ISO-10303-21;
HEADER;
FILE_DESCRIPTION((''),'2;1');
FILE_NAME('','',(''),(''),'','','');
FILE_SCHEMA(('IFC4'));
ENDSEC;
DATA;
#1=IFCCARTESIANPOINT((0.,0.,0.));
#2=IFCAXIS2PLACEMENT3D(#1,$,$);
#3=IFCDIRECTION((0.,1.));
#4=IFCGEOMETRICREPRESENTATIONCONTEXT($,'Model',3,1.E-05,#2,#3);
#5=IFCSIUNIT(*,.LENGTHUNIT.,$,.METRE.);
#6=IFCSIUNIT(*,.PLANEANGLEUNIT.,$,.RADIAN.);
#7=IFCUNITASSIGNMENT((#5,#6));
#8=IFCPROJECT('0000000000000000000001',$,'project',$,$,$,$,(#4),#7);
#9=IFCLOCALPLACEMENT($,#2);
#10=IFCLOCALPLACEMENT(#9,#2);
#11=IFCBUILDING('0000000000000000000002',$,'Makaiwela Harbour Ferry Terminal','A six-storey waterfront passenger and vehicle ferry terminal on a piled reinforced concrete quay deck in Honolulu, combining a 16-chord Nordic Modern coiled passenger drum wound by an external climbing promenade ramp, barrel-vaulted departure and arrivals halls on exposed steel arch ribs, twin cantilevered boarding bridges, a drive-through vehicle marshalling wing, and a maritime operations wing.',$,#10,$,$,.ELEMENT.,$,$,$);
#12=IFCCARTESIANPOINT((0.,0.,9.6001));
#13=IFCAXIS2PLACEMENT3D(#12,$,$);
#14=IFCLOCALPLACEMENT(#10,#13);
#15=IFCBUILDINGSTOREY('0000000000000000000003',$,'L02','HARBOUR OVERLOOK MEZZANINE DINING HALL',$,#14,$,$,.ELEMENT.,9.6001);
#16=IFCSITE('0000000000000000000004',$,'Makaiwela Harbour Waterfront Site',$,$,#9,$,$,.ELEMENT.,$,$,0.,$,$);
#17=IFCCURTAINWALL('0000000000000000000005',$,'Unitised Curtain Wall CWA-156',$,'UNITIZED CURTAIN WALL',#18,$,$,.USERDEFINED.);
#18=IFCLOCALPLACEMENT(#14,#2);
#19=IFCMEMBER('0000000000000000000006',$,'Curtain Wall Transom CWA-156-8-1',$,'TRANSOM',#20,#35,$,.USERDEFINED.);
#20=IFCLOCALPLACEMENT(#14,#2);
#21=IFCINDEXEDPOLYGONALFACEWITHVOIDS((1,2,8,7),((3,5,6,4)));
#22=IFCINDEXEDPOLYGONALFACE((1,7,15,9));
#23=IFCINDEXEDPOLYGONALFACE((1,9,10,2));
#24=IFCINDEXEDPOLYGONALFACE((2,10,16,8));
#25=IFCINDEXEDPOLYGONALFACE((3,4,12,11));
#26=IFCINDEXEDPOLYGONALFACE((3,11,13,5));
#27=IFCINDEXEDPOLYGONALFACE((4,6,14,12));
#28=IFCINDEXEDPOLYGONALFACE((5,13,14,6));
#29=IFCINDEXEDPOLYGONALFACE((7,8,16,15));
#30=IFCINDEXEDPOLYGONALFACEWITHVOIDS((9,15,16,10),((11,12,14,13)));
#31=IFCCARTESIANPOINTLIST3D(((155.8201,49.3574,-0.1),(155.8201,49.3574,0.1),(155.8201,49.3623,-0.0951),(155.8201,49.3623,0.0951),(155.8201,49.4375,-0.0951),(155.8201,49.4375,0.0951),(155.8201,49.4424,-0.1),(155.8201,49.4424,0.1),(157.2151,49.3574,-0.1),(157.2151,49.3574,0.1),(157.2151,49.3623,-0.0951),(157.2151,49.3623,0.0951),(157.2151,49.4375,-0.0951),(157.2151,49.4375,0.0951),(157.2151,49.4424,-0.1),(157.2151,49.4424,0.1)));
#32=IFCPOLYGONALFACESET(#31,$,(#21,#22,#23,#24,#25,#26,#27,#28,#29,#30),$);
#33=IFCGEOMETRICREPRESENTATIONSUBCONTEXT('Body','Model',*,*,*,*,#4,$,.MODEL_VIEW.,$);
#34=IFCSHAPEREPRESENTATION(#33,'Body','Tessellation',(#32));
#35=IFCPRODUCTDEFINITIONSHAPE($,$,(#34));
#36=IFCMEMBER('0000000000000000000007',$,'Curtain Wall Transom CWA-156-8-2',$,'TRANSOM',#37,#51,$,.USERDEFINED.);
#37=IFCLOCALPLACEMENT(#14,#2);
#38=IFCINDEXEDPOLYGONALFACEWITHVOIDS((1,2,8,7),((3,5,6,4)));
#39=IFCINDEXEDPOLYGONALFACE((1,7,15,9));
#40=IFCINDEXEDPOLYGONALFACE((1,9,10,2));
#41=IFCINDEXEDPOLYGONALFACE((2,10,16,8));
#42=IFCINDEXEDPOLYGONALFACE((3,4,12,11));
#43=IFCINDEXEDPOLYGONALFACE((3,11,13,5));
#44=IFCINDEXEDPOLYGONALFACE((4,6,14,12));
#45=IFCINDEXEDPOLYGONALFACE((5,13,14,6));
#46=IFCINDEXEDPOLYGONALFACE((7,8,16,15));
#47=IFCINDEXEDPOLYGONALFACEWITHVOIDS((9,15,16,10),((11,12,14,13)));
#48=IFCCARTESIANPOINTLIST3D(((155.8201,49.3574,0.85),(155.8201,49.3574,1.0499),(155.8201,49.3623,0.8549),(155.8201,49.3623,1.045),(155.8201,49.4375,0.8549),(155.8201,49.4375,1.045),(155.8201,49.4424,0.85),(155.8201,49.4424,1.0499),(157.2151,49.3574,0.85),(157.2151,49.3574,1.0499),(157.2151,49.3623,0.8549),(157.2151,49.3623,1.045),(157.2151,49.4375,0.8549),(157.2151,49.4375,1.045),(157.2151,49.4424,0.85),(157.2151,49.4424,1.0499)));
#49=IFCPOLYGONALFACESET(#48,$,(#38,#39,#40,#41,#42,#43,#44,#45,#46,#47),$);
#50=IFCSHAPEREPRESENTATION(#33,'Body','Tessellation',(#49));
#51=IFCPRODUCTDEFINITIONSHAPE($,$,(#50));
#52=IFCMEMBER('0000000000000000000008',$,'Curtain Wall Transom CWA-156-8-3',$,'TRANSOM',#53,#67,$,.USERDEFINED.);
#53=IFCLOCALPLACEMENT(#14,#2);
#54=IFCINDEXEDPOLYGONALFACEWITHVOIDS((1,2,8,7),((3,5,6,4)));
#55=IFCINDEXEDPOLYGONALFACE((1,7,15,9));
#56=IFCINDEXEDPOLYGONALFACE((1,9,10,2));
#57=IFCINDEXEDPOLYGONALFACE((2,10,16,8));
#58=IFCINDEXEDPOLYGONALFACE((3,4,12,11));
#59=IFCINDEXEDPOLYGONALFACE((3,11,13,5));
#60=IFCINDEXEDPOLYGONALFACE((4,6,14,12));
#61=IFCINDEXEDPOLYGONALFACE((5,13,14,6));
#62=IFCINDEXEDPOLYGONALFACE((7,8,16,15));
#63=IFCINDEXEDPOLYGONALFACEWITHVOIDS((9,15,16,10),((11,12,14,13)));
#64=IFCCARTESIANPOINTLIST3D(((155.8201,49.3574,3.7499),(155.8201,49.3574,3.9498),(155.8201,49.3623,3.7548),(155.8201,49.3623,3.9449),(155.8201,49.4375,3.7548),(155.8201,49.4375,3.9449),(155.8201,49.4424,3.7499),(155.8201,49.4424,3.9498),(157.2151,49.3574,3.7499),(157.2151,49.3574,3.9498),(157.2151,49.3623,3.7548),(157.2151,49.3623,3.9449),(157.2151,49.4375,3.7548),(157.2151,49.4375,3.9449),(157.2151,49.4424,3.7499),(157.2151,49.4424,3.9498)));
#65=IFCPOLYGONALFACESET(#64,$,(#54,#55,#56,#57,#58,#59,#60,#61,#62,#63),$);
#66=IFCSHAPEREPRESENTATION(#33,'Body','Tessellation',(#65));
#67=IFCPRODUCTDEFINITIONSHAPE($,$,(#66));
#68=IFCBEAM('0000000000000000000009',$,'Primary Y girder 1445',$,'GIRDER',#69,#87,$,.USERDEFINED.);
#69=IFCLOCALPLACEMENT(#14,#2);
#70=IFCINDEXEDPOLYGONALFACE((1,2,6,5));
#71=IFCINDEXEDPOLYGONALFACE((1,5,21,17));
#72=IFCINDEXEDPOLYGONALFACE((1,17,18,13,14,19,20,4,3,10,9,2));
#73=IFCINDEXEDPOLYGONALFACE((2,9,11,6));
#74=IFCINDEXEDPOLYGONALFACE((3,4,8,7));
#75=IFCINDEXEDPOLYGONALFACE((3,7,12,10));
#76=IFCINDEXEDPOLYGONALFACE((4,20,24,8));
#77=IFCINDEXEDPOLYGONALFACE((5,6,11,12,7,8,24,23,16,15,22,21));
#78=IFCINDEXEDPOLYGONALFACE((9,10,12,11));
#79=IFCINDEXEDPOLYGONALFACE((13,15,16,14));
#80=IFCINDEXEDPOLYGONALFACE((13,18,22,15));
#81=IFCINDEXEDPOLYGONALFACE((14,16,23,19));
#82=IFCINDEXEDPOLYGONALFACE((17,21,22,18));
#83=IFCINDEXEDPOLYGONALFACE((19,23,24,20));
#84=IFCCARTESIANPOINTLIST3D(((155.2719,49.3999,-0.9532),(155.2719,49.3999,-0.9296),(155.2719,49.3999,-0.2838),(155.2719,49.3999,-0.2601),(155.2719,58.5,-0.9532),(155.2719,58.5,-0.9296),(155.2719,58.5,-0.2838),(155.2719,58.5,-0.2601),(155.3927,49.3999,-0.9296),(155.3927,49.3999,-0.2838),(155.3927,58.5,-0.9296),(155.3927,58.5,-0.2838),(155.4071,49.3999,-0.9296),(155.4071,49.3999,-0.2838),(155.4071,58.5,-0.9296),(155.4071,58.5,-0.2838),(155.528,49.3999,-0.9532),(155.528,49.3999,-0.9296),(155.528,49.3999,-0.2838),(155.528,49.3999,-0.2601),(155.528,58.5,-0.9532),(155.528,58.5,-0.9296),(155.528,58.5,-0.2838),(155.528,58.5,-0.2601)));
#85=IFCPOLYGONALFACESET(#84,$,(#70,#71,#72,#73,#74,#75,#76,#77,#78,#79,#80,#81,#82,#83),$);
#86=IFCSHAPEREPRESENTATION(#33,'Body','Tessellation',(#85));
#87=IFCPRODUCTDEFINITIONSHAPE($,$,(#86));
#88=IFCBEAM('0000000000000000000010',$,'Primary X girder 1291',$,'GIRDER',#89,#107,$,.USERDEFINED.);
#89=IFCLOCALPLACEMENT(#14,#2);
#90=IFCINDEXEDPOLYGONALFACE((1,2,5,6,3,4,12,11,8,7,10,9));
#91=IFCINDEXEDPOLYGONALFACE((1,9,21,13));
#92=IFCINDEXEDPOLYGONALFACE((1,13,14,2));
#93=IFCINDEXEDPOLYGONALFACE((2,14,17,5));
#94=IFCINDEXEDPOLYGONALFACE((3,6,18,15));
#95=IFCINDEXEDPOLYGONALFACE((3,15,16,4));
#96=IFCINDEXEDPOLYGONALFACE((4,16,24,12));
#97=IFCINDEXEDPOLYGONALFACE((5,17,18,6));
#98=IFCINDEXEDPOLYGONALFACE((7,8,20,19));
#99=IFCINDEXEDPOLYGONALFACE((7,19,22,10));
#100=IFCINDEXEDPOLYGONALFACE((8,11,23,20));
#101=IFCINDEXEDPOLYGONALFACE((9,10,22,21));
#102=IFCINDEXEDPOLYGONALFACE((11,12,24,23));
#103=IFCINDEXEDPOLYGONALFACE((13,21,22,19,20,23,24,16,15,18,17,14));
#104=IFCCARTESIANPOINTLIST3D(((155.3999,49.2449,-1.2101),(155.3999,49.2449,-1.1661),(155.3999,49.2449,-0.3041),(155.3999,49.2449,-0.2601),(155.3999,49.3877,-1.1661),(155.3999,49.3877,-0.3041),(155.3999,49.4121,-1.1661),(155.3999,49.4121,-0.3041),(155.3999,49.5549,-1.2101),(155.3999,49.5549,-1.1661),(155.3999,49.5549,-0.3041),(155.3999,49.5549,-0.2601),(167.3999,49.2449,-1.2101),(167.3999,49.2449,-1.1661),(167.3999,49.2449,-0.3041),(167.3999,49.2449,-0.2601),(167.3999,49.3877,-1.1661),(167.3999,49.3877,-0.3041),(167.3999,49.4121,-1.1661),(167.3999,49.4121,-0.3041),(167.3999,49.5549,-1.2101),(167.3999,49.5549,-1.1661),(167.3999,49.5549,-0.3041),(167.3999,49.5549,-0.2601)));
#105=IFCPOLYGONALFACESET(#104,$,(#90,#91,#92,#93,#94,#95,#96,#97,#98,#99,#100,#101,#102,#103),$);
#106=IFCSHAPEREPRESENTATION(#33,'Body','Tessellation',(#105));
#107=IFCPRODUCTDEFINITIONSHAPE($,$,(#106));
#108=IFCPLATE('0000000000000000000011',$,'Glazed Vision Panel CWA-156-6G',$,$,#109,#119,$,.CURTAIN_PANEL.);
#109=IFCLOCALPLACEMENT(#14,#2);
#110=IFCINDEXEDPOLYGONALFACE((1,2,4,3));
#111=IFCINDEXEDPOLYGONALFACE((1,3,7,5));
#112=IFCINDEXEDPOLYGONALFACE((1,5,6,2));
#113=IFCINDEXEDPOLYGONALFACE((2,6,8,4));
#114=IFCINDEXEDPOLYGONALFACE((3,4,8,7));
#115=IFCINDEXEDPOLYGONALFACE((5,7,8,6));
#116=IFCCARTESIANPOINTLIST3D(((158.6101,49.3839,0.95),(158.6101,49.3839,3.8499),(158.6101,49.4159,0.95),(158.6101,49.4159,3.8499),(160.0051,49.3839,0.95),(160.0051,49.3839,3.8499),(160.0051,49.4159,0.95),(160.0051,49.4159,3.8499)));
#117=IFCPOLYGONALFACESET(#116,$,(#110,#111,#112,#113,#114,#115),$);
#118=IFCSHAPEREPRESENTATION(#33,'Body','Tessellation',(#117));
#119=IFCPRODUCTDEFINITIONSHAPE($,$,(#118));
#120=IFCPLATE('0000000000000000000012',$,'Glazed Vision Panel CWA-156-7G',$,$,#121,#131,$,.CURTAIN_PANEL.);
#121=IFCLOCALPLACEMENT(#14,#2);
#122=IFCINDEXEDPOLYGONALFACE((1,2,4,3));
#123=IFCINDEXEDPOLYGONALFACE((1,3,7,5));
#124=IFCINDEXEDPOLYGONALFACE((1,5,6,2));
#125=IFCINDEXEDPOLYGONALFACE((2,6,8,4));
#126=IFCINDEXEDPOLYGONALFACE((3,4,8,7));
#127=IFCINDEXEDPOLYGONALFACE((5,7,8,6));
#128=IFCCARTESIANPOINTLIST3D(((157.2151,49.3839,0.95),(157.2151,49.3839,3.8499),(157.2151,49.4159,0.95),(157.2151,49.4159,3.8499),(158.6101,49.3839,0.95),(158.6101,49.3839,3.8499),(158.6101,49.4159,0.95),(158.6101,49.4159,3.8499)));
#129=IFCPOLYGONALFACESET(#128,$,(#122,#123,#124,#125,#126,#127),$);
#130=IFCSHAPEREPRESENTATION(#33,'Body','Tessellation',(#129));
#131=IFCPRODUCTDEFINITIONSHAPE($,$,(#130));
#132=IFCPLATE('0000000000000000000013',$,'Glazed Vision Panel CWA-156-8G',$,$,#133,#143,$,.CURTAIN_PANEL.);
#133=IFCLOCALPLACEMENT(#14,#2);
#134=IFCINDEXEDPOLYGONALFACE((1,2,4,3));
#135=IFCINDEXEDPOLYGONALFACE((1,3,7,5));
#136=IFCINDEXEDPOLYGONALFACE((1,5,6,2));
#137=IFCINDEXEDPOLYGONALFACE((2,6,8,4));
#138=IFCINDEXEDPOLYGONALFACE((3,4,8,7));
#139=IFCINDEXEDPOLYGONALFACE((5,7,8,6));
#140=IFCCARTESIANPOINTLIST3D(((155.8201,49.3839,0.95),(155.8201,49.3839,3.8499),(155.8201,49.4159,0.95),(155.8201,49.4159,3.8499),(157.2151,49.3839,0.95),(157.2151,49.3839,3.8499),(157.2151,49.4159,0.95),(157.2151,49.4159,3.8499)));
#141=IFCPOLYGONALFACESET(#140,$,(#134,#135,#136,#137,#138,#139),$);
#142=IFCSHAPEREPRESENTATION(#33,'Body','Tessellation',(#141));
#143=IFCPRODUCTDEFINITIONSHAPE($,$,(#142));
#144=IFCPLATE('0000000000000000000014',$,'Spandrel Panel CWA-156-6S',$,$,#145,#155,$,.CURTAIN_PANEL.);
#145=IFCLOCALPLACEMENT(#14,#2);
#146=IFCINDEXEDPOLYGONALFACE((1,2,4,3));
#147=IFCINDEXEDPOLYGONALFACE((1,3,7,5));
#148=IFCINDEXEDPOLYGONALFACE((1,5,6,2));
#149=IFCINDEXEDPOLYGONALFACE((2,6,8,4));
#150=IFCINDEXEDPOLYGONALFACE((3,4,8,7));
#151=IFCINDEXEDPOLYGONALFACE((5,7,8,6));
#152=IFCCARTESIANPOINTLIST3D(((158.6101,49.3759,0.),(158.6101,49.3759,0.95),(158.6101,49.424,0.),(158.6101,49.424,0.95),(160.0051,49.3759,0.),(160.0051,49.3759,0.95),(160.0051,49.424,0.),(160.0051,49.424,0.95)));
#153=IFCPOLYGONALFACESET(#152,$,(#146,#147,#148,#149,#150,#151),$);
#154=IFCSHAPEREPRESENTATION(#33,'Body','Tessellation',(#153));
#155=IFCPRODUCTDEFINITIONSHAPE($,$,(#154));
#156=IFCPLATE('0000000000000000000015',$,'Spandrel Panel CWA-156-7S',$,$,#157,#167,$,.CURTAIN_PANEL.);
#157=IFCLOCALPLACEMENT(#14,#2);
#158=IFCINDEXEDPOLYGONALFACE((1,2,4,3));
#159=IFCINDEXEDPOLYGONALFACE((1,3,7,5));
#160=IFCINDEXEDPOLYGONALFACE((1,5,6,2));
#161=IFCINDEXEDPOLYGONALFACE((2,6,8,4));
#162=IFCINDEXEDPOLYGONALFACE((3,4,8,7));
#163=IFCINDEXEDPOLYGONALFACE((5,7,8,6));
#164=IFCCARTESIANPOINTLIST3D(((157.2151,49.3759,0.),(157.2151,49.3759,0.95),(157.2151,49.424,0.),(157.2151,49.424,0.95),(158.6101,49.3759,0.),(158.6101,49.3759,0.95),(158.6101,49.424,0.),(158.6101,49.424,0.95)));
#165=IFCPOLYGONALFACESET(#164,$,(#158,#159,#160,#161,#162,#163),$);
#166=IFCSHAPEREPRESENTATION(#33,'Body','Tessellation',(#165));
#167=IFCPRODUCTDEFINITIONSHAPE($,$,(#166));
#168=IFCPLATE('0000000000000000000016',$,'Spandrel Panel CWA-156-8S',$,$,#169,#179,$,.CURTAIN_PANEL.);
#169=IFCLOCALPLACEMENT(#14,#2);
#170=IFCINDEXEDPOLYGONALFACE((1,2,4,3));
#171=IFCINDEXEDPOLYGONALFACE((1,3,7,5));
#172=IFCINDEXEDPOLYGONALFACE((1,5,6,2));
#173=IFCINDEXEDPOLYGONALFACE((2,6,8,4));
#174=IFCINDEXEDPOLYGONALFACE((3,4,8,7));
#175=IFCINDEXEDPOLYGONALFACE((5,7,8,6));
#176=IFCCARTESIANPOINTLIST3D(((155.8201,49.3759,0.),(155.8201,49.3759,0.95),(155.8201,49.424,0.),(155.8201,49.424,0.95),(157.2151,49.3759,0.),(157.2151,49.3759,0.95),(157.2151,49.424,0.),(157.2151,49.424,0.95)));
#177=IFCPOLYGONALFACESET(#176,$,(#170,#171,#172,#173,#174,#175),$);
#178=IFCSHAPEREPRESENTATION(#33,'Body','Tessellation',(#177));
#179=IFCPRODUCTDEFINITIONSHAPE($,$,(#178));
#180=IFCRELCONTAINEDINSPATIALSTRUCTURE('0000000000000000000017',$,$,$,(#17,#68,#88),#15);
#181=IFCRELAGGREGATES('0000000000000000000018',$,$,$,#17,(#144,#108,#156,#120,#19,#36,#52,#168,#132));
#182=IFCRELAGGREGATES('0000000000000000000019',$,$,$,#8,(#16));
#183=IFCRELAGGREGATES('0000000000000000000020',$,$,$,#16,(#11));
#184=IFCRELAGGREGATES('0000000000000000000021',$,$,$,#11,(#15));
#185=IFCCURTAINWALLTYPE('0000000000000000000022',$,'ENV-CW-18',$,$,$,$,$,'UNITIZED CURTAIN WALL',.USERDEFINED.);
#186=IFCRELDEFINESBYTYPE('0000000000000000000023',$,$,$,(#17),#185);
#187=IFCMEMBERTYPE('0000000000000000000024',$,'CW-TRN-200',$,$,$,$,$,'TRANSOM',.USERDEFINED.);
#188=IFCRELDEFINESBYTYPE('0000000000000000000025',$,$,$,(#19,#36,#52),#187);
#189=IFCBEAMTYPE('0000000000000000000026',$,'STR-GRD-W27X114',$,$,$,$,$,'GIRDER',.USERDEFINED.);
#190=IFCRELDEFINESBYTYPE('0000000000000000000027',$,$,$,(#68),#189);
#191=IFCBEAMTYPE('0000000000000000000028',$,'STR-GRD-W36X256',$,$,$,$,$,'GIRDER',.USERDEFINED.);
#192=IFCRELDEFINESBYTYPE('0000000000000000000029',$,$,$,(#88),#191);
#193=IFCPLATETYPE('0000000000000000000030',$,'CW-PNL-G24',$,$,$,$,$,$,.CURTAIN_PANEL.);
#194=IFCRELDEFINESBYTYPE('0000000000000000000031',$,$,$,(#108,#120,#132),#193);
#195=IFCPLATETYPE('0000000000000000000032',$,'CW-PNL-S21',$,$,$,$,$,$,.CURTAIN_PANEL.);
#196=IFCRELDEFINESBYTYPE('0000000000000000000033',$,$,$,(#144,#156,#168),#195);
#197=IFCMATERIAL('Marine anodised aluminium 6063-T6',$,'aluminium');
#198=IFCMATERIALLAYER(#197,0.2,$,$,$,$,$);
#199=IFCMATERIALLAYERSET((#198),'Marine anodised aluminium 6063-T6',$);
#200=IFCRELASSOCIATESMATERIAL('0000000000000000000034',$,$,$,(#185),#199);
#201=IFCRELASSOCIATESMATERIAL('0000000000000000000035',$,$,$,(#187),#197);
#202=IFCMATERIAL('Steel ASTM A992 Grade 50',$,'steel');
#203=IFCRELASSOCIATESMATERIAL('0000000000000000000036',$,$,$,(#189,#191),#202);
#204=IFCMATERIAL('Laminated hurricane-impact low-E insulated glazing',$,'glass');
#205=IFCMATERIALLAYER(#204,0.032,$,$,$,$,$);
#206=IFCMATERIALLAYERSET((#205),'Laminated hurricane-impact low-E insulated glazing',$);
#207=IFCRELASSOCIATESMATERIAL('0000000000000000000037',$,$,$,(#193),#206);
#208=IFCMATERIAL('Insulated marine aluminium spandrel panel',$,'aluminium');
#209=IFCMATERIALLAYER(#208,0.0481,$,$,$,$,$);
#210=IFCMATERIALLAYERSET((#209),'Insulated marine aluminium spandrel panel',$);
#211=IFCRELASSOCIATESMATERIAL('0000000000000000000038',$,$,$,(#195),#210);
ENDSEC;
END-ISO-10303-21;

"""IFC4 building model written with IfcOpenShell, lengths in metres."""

from ifc_helpers import new_model, si_unit, direction, frame, origin, origin_2d, place, context, subcontext, project, spatial, rectangle, hollow_rectangle, i_section, extrude, material, layer, layer_set, material_profile, profile_set, type_object, element, aggregate, save


model = new_model("IFC4")

# Units and contexts
model_context = context("Model", 3, precision=1e-05, world=origin(), true_north=direction((0.0, 1.0)))
body_context = subcontext(model_context, "Body", "Model", "MODEL_VIEW")
ifc_project = project(units=[si_unit("LENGTHUNIT", "METRE"), si_unit("PLANEANGLEUNIT", "RADIAN")], contexts=[model_context])

# Site, building, storey
site_placement = place(None, origin())
site = spatial("IfcSite", under=ifc_project, at=site_placement, Name="Makaiwela Harbour Waterfront Site", CompositionType="ELEMENT", RefElevation=0.0)
building_placement = place(site_placement, origin())
building = spatial("IfcBuilding", under=site, at=building_placement, Name="Makaiwela Harbour Ferry Terminal", Description="A six-storey waterfront passenger and vehicle ferry terminal on a piled reinforced concrete quay deck in Honolulu, combining a 16-chord Nordic Modern coiled passenger drum wound by an external climbing promenade ramp, barrel-vaulted departure and arrivals halls on exposed steel arch ribs, twin cantilevered boarding bridges, a drive-through vehicle marshalling wing, and a maritime operations wing.", CompositionType="ELEMENT")
storey_placement = place(building_placement, frame((0.0, 0.0, 9.6001)))
storey = spatial("IfcBuildingStorey", under=building, at=storey_placement, Name="L02", Description="HARBOUR OVERLOOK MEZZANINE DINING HALL", CompositionType="ELEMENT", Elevation=9.6001)

# Shared definitions
ifc_material_1 = material(Name="Steel ASTM A992 Grade 50", Category="steel")

# Curtain wall
ifc_material_2 = material(Name="Marine anodised aluminium 6063-T6", Category="aluminium")
ifc_layer_1 = layer(ifc_material_2, 0.2)
ifc_layer_set_1 = layer_set([ifc_layer_1], Name="Marine anodised aluminium 6063-T6")
curtain_wall_type_1 = type_object("IfcCurtainWallType", Name="ENV-CW-18", ElementType="UNITIZED CURTAIN WALL", PredefinedType="USERDEFINED", material=ifc_layer_set_1)
curtain_wall_1_placement = place(storey_placement, origin())
curtain_wall_1 = element("IfcCurtainWall", 1, at=curtain_wall_1_placement, inside=storey, type_object=curtain_wall_type_1, Name="Unitised Curtain Wall CWA-156", ObjectType="UNITIZED CURTAIN WALL", PredefinedType="USERDEFINED")
ifc_material_profile_1 = material_profile(ifc_material_2, hollow_rectangle(XDim=0.085, YDim=0.2, WallThickness=0.0049, at=origin_2d()), Name="CWT-200X85")
ifc_profile_set_1 = profile_set([ifc_material_profile_1], Name="Marine anodised aluminium 6063-T6")
member_type_1 = type_object("IfcMemberType", Name="CW-TRN-200", ElementType="TRANSOM", PredefinedType="USERDEFINED", material=ifc_profile_set_1)

# Members
member_1_placement = place(storey_placement, frame((157.2151, 49.3999, 0.0), z_axis=(-1.0, 0.0, 0.0), x_axis=(0.0, -1.0, 0.0)))
member_1 = element("IfcMember", 2, at=member_1_placement, type_object=member_type_1, Name="Curtain Wall Transom CWA-156-8-1", ObjectType="TRANSOM", PredefinedType="USERDEFINED", context=body_context, shape_type="SweptSolid", body=[
    extrude(hollow_rectangle(XDim=0.085, YDim=0.2, WallThickness=0.0049, at=origin_2d()), origin(), (0.0, 0.0, 1.0), 1.395),
])
member_2_placement = place(storey_placement, frame((157.2151, 49.3999, 0.95), z_axis=(-1.0, 0.0, 0.0), x_axis=(0.0, -1.0, 0.0)))
member_2 = element("IfcMember", 3, at=member_2_placement, type_object=member_type_1, Name="Curtain Wall Transom CWA-156-8-2", ObjectType="TRANSOM", PredefinedType="USERDEFINED", context=body_context, shape_type="SweptSolid", body=[
    extrude(hollow_rectangle(XDim=0.085, YDim=0.2, WallThickness=0.0049, at=origin_2d()), origin(), (0.0, 0.0, 1.0), 1.395),
])
member_3_placement = place(storey_placement, frame((157.2151, 49.3999, 3.8499), z_axis=(-1.0, 0.0, 0.0), x_axis=(0.0, -1.0, 0.0)))
member_3 = element("IfcMember", 4, at=member_3_placement, type_object=member_type_1, Name="Curtain Wall Transom CWA-156-8-3", ObjectType="TRANSOM", PredefinedType="USERDEFINED", context=body_context, shape_type="SweptSolid", body=[
    extrude(hollow_rectangle(XDim=0.085, YDim=0.2, WallThickness=0.0049, at=origin_2d()), origin(), (0.0, 0.0, 1.0), 1.395),
])

# Beams
ifc_material_profile_2 = material_profile(ifc_material_1, i_section(OverallWidth=0.2561, OverallDepth=0.6931, WebThickness=0.0144, FlangeThickness=0.0237, at=origin_2d()), Name="W27X114")
ifc_profile_set_2 = profile_set([ifc_material_profile_2], Name="Steel ASTM A992 Grade 50")
beam_type_1 = type_object("IfcBeamType", Name="STR-GRD-W27X114", ElementType="GIRDER", PredefinedType="USERDEFINED", material=ifc_profile_set_2)
beam_1_placement = place(storey_placement, frame((155.3999, 49.3999, -0.6067), z_axis=(0.0, 1.0, 0.0), x_axis=(-1.0, 0.0, 0.0)))
element("IfcBeam", 5, at=beam_1_placement, inside=storey, type_object=beam_type_1, Name="Primary Y girder 1445", ObjectType="GIRDER", PredefinedType="USERDEFINED", context=body_context, shape_type="SweptSolid", body=[
    extrude(i_section(OverallWidth=0.2561, OverallDepth=0.6931, WebThickness=0.0144, FlangeThickness=0.0237, at=origin_2d()), origin(), (0.0, 0.0, 1.0), 9.1001),
])
ifc_material_profile_3 = material_profile(ifc_material_1, i_section(OverallWidth=0.3101, OverallDepth=0.95, WebThickness=0.0244, FlangeThickness=0.0439, at=origin_2d()), Name="W36X256")
ifc_profile_set_3 = profile_set([ifc_material_profile_3], Name="Steel ASTM A992 Grade 50")
beam_type_2 = type_object("IfcBeamType", Name="STR-GRD-W36X256", ElementType="GIRDER", PredefinedType="USERDEFINED", material=ifc_profile_set_3)
beam_2_placement = place(storey_placement, frame((155.3999, 49.3999, -0.7351), z_axis=(1.0, 0.0, 0.0), x_axis=(0.0, 1.0, 0.0)))
element("IfcBeam", 6, at=beam_2_placement, inside=storey, type_object=beam_type_2, Name="Primary X girder 1291", ObjectType="GIRDER", PredefinedType="USERDEFINED", context=body_context, shape_type="SweptSolid", body=[
    extrude(i_section(OverallWidth=0.3101, OverallDepth=0.95, WebThickness=0.0244, FlangeThickness=0.0439, at=origin_2d()), origin(), (0.0, 0.0, 1.0), 12.0),
])

# Plates
ifc_material_3 = material(Name="Laminated hurricane-impact low-E insulated glazing", Category="glass")
ifc_layer_2 = layer(ifc_material_3, 0.032)
ifc_layer_set_2 = layer_set([ifc_layer_2], Name="Laminated hurricane-impact low-E insulated glazing")
plate_type_1 = type_object("IfcPlateType", Name="CW-PNL-G24", PredefinedType="CURTAIN_PANEL", material=ifc_layer_set_2)
plate_1_placement = place(storey_placement, frame((159.3076, 49.3999, 0.95), z_axis=(0.0, 0.0, 1.0), x_axis=(-1.0, 0.0, 0.0)))
plate_1 = element("IfcPlate", 7, at=plate_1_placement, type_object=plate_type_1, Name="Glazed Vision Panel CWA-156-6G", PredefinedType="CURTAIN_PANEL", context=body_context, shape_type="SweptSolid", body=[
    extrude(rectangle(XDim=1.395, YDim=0.032, at=origin_2d()), origin(), (0.0, 0.0, 1.0), 2.8999),
])
plate_2_placement = place(storey_placement, frame((157.9126, 49.3999, 0.95), z_axis=(0.0, 0.0, 1.0), x_axis=(-1.0, 0.0, 0.0)))
plate_2 = element("IfcPlate", 8, at=plate_2_placement, type_object=plate_type_1, Name="Glazed Vision Panel CWA-156-7G", PredefinedType="CURTAIN_PANEL", context=body_context, shape_type="SweptSolid", body=[
    extrude(rectangle(XDim=1.395, YDim=0.032, at=origin_2d()), origin(), (0.0, 0.0, 1.0), 2.8999),
])
plate_3_placement = place(storey_placement, frame((156.5176, 49.3999, 0.95), z_axis=(0.0, 0.0, 1.0), x_axis=(-1.0, 0.0, 0.0)))
plate_3 = element("IfcPlate", 9, at=plate_3_placement, type_object=plate_type_1, Name="Glazed Vision Panel CWA-156-8G", PredefinedType="CURTAIN_PANEL", context=body_context, shape_type="SweptSolid", body=[
    extrude(rectangle(XDim=1.395, YDim=0.032, at=origin_2d()), origin(), (0.0, 0.0, 1.0), 2.8999),
])
ifc_material_4 = material(Name="Insulated marine aluminium spandrel panel", Category="aluminium")
ifc_layer_3 = layer(ifc_material_4, 0.0481)
ifc_layer_set_3 = layer_set([ifc_layer_3], Name="Insulated marine aluminium spandrel panel")
plate_type_2 = type_object("IfcPlateType", Name="CW-PNL-S21", PredefinedType="CURTAIN_PANEL", material=ifc_layer_set_3)
plate_4_placement = place(storey_placement, frame((159.3076, 49.3999, 0.0), z_axis=(0.0, 0.0, 1.0), x_axis=(-1.0, 0.0, 0.0)))
plate_4 = element("IfcPlate", 10, at=plate_4_placement, type_object=plate_type_2, Name="Spandrel Panel CWA-156-6S", PredefinedType="CURTAIN_PANEL", context=body_context, shape_type="SweptSolid", body=[
    extrude(rectangle(XDim=1.395, YDim=0.0481, at=origin_2d()), origin(), (0.0, 0.0, 1.0), 0.95),
])
plate_5_placement = place(storey_placement, frame((157.9126, 49.3999, 0.0), z_axis=(0.0, 0.0, 1.0), x_axis=(-1.0, 0.0, 0.0)))
plate_5 = element("IfcPlate", 11, at=plate_5_placement, type_object=plate_type_2, Name="Spandrel Panel CWA-156-7S", PredefinedType="CURTAIN_PANEL", context=body_context, shape_type="SweptSolid", body=[
    extrude(rectangle(XDim=1.395, YDim=0.0481, at=origin_2d()), origin(), (0.0, 0.0, 1.0), 0.95),
])
plate_6_placement = place(storey_placement, frame((156.5176, 49.3999, 0.0), z_axis=(0.0, 0.0, 1.0), x_axis=(-1.0, 0.0, 0.0)))
plate_6 = element("IfcPlate", 12, at=plate_6_placement, type_object=plate_type_2, Name="Spandrel Panel CWA-156-8S", PredefinedType="CURTAIN_PANEL", context=body_context, shape_type="SweptSolid", body=[
    extrude(rectangle(XDim=1.395, YDim=0.0481, at=origin_2d()), origin(), (0.0, 0.0, 1.0), 0.95),
])
aggregate(curtain_wall_1, [plate_4, plate_1, plate_5, plate_2, member_1, member_2, member_3, plate_6, plate_3])

save(model, "model.ifc")
